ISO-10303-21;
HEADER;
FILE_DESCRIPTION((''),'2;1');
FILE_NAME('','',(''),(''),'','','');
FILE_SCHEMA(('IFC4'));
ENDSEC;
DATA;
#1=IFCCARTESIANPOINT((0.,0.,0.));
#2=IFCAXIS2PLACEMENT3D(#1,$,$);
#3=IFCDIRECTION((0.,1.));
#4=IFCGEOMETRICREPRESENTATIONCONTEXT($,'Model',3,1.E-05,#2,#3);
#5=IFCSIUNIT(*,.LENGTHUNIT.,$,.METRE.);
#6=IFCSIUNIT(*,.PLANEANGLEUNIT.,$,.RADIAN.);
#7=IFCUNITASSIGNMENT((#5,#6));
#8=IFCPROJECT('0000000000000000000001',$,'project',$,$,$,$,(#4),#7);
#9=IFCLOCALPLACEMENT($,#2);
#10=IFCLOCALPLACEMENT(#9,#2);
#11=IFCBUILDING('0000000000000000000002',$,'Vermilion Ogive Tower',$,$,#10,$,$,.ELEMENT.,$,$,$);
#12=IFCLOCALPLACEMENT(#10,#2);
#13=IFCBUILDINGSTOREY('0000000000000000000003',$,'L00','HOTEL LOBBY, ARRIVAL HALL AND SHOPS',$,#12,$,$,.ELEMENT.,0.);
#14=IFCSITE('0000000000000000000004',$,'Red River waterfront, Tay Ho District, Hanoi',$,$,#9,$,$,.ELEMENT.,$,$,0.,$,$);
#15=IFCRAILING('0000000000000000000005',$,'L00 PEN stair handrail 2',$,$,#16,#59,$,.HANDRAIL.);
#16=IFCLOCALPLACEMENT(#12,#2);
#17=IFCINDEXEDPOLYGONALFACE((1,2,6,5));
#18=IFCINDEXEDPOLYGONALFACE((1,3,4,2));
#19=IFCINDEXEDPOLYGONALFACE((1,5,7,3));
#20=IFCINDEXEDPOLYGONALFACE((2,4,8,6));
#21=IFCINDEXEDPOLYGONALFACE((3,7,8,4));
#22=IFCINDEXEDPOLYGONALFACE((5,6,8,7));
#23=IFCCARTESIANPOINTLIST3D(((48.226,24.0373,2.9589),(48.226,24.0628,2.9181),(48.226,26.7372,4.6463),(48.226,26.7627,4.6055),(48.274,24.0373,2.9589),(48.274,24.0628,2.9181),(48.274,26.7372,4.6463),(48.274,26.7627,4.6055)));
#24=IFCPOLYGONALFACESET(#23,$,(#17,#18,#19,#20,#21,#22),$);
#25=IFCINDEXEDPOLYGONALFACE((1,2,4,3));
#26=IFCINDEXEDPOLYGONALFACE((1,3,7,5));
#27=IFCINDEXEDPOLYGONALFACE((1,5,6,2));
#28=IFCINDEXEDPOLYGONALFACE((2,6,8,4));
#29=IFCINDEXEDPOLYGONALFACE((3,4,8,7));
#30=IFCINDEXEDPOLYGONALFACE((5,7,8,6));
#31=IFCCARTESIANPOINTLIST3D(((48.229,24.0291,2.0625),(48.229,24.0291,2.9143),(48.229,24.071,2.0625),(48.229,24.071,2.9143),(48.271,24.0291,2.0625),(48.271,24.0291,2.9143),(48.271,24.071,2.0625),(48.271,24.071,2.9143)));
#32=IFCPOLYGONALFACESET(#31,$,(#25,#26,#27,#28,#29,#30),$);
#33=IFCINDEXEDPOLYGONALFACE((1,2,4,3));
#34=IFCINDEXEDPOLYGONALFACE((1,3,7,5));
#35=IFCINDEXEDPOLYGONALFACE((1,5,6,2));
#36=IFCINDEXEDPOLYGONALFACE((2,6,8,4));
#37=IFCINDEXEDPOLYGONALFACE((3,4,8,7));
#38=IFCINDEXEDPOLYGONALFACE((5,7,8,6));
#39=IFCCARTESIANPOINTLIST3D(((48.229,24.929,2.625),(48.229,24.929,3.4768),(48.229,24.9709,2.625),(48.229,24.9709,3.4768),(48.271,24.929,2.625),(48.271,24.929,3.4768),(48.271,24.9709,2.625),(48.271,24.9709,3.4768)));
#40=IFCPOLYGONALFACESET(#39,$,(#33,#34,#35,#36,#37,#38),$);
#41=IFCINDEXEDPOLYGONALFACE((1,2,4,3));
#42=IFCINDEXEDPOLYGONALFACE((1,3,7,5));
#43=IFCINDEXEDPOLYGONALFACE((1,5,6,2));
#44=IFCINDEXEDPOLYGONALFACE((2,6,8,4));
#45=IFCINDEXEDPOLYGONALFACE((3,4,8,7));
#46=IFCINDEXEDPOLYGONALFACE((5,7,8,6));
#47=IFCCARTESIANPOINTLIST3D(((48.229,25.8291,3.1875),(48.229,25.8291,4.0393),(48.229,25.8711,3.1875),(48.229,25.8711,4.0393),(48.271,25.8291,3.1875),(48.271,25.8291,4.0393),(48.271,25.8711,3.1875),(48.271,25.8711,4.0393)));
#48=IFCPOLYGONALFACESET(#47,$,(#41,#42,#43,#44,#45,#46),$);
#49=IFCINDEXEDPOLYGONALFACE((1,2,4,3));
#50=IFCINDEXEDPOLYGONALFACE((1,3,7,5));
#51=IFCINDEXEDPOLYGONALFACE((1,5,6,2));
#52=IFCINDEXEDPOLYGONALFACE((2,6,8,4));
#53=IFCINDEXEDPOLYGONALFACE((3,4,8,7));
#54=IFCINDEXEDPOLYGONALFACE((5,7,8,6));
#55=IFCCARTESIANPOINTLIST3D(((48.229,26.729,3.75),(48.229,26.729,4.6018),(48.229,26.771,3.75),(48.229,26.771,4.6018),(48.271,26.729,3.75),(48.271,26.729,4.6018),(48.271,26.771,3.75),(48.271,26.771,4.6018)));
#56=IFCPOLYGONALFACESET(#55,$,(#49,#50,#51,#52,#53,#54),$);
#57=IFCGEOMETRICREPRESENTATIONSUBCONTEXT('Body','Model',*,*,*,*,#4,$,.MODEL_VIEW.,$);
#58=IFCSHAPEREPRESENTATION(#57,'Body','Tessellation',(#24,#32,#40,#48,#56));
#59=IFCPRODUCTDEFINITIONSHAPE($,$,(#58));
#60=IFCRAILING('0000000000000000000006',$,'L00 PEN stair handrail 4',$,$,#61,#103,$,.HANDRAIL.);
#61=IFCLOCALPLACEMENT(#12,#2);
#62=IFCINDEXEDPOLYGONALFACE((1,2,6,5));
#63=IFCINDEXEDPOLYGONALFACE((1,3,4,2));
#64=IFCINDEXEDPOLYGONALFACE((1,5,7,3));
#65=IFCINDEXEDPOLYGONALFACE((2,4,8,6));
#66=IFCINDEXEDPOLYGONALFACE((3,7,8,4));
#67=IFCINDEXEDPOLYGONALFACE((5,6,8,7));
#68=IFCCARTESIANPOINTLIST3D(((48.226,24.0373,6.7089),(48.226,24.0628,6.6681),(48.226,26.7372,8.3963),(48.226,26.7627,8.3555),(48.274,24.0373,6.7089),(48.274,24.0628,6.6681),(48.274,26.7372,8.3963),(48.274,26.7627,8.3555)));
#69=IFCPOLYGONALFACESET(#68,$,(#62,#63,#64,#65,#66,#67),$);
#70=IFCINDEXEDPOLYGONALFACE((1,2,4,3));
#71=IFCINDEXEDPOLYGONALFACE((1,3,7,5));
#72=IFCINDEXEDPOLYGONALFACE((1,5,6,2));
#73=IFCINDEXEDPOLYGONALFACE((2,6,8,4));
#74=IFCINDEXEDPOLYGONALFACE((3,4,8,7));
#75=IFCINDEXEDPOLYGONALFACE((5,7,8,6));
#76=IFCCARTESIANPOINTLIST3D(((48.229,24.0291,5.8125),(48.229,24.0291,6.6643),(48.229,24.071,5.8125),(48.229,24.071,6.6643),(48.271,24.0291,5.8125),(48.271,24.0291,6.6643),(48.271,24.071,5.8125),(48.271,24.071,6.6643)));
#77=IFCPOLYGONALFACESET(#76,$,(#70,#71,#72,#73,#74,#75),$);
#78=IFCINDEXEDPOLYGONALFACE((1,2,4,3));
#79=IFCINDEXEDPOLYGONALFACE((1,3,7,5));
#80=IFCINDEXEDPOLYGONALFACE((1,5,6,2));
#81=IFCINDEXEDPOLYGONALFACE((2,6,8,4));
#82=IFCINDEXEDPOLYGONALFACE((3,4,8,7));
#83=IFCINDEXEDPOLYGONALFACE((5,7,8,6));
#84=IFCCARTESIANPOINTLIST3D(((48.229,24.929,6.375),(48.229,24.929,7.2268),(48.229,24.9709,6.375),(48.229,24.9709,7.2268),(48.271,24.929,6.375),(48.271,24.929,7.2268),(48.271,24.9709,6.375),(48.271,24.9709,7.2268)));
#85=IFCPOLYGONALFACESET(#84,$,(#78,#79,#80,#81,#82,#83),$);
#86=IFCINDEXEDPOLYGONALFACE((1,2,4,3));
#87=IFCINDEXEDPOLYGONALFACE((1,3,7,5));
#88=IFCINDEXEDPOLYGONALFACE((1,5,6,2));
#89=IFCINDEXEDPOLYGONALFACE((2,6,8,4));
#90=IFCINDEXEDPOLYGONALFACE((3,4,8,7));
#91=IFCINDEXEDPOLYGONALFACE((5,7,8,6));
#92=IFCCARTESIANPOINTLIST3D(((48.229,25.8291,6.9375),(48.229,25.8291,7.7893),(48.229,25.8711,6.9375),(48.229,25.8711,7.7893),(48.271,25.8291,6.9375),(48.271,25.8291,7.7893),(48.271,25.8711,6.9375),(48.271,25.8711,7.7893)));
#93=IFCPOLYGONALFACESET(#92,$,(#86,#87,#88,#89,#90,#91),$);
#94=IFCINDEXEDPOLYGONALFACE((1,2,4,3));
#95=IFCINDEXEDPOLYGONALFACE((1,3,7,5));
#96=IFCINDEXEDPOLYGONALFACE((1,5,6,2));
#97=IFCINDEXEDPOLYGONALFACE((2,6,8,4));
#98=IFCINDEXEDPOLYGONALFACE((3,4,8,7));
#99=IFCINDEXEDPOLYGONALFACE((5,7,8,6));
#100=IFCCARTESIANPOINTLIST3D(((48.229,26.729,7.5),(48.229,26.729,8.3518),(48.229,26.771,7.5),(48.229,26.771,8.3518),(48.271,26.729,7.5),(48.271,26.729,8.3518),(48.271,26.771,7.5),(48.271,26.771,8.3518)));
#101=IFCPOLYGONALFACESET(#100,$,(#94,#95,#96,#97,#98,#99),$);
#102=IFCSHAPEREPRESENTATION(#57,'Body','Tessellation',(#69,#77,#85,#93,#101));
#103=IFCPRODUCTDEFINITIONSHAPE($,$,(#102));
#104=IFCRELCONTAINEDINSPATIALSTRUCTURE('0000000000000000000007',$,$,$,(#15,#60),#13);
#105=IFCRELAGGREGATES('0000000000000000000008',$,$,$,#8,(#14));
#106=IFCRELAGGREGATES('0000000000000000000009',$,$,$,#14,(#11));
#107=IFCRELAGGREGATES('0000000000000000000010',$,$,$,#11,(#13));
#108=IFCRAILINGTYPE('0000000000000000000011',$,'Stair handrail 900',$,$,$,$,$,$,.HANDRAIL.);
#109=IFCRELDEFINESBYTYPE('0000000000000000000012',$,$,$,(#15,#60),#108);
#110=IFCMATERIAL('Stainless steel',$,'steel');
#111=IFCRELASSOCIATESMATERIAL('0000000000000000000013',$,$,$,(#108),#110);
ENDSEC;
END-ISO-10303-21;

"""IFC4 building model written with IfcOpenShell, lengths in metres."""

from ifc_helpers import new_model, si_unit, direction, frame, origin, origin_2d, place, context, subcontext, project, spatial, rectangle, extrude, material, type_object, element, save


model = new_model("IFC4")

# Units and contexts
model_context = context("Model", 3, precision=1e-05, world=origin(), true_north=direction((0.0, 1.0)))
body_context = subcontext(model_context, "Body", "Model", "MODEL_VIEW")
ifc_project = project(units=[si_unit("LENGTHUNIT", "METRE"), si_unit("PLANEANGLEUNIT", "RADIAN")], contexts=[model_context])

# Site, building, storey
site_placement = place(None, origin())
site = spatial("IfcSite", under=ifc_project, at=site_placement, Name="Red River waterfront, Tay Ho District, Hanoi", CompositionType="ELEMENT", RefElevation=0.0)
building_placement = place(site_placement, origin())
building = spatial("IfcBuilding", under=site, at=building_placement, Name="Vermilion Ogive Tower", CompositionType="ELEMENT")
storey_placement = place(building_placement, origin())
storey = spatial("IfcBuildingStorey", under=building, at=storey_placement, Name="L00", Description="HOTEL LOBBY, ARRIVAL HALL AND SHOPS", CompositionType="ELEMENT", Elevation=0.0)

# Railings
ifc_material_1 = material(Name="Stainless steel", Category="steel")
railing_type_1 = type_object("IfcRailingType", Name="Stair handrail 900", PredefinedType="HANDRAIL", material=ifc_material_1)
for number, where, name in (
    (1, (48.25, 24.05, 2.0625), "L00 PEN stair handrail 2"),
    (2, (48.25, 24.05, 5.8125), "L00 PEN stair handrail 4"),
):
    element("IfcRailing", number, at=place(storey_placement, frame(where)), inside=storey, type_object=railing_type_1, Name=name, PredefinedType="HANDRAIL", context=body_context, shape_type="SweptSolid", body=[
        extrude(rectangle(XDim=0.0481, YDim=0.0481, at=origin_2d()), frame((0.0, 0.0, 0.876), z_axis=(0.0, 0.847994, 0.530006), x_axis=(-1.0, 0.0, 0.0)), (0.0, 0.0, 1.0), 3.1838),
        extrude(rectangle(XDim=0.042, YDim=0.042, at=origin_2d()), origin(), (0.0, 0.0, 1.0), 0.8518),
        extrude(rectangle(XDim=0.042, YDim=0.042, at=origin_2d()), frame((0.0, 0.8999, 0.5625)), (0.0, 0.0, 1.0), 0.8518),
        extrude(rectangle(XDim=0.042, YDim=0.042, at=origin_2d()), frame((0.0, 1.8, 1.125)), (0.0, 0.0, 1.0), 0.8518),
        extrude(rectangle(XDim=0.042, YDim=0.042, at=origin_2d()), frame((0.0, 2.7, 1.6875)), (0.0, 0.0, 1.0), 0.8518),
    ])

save(model, "model.ifc")
